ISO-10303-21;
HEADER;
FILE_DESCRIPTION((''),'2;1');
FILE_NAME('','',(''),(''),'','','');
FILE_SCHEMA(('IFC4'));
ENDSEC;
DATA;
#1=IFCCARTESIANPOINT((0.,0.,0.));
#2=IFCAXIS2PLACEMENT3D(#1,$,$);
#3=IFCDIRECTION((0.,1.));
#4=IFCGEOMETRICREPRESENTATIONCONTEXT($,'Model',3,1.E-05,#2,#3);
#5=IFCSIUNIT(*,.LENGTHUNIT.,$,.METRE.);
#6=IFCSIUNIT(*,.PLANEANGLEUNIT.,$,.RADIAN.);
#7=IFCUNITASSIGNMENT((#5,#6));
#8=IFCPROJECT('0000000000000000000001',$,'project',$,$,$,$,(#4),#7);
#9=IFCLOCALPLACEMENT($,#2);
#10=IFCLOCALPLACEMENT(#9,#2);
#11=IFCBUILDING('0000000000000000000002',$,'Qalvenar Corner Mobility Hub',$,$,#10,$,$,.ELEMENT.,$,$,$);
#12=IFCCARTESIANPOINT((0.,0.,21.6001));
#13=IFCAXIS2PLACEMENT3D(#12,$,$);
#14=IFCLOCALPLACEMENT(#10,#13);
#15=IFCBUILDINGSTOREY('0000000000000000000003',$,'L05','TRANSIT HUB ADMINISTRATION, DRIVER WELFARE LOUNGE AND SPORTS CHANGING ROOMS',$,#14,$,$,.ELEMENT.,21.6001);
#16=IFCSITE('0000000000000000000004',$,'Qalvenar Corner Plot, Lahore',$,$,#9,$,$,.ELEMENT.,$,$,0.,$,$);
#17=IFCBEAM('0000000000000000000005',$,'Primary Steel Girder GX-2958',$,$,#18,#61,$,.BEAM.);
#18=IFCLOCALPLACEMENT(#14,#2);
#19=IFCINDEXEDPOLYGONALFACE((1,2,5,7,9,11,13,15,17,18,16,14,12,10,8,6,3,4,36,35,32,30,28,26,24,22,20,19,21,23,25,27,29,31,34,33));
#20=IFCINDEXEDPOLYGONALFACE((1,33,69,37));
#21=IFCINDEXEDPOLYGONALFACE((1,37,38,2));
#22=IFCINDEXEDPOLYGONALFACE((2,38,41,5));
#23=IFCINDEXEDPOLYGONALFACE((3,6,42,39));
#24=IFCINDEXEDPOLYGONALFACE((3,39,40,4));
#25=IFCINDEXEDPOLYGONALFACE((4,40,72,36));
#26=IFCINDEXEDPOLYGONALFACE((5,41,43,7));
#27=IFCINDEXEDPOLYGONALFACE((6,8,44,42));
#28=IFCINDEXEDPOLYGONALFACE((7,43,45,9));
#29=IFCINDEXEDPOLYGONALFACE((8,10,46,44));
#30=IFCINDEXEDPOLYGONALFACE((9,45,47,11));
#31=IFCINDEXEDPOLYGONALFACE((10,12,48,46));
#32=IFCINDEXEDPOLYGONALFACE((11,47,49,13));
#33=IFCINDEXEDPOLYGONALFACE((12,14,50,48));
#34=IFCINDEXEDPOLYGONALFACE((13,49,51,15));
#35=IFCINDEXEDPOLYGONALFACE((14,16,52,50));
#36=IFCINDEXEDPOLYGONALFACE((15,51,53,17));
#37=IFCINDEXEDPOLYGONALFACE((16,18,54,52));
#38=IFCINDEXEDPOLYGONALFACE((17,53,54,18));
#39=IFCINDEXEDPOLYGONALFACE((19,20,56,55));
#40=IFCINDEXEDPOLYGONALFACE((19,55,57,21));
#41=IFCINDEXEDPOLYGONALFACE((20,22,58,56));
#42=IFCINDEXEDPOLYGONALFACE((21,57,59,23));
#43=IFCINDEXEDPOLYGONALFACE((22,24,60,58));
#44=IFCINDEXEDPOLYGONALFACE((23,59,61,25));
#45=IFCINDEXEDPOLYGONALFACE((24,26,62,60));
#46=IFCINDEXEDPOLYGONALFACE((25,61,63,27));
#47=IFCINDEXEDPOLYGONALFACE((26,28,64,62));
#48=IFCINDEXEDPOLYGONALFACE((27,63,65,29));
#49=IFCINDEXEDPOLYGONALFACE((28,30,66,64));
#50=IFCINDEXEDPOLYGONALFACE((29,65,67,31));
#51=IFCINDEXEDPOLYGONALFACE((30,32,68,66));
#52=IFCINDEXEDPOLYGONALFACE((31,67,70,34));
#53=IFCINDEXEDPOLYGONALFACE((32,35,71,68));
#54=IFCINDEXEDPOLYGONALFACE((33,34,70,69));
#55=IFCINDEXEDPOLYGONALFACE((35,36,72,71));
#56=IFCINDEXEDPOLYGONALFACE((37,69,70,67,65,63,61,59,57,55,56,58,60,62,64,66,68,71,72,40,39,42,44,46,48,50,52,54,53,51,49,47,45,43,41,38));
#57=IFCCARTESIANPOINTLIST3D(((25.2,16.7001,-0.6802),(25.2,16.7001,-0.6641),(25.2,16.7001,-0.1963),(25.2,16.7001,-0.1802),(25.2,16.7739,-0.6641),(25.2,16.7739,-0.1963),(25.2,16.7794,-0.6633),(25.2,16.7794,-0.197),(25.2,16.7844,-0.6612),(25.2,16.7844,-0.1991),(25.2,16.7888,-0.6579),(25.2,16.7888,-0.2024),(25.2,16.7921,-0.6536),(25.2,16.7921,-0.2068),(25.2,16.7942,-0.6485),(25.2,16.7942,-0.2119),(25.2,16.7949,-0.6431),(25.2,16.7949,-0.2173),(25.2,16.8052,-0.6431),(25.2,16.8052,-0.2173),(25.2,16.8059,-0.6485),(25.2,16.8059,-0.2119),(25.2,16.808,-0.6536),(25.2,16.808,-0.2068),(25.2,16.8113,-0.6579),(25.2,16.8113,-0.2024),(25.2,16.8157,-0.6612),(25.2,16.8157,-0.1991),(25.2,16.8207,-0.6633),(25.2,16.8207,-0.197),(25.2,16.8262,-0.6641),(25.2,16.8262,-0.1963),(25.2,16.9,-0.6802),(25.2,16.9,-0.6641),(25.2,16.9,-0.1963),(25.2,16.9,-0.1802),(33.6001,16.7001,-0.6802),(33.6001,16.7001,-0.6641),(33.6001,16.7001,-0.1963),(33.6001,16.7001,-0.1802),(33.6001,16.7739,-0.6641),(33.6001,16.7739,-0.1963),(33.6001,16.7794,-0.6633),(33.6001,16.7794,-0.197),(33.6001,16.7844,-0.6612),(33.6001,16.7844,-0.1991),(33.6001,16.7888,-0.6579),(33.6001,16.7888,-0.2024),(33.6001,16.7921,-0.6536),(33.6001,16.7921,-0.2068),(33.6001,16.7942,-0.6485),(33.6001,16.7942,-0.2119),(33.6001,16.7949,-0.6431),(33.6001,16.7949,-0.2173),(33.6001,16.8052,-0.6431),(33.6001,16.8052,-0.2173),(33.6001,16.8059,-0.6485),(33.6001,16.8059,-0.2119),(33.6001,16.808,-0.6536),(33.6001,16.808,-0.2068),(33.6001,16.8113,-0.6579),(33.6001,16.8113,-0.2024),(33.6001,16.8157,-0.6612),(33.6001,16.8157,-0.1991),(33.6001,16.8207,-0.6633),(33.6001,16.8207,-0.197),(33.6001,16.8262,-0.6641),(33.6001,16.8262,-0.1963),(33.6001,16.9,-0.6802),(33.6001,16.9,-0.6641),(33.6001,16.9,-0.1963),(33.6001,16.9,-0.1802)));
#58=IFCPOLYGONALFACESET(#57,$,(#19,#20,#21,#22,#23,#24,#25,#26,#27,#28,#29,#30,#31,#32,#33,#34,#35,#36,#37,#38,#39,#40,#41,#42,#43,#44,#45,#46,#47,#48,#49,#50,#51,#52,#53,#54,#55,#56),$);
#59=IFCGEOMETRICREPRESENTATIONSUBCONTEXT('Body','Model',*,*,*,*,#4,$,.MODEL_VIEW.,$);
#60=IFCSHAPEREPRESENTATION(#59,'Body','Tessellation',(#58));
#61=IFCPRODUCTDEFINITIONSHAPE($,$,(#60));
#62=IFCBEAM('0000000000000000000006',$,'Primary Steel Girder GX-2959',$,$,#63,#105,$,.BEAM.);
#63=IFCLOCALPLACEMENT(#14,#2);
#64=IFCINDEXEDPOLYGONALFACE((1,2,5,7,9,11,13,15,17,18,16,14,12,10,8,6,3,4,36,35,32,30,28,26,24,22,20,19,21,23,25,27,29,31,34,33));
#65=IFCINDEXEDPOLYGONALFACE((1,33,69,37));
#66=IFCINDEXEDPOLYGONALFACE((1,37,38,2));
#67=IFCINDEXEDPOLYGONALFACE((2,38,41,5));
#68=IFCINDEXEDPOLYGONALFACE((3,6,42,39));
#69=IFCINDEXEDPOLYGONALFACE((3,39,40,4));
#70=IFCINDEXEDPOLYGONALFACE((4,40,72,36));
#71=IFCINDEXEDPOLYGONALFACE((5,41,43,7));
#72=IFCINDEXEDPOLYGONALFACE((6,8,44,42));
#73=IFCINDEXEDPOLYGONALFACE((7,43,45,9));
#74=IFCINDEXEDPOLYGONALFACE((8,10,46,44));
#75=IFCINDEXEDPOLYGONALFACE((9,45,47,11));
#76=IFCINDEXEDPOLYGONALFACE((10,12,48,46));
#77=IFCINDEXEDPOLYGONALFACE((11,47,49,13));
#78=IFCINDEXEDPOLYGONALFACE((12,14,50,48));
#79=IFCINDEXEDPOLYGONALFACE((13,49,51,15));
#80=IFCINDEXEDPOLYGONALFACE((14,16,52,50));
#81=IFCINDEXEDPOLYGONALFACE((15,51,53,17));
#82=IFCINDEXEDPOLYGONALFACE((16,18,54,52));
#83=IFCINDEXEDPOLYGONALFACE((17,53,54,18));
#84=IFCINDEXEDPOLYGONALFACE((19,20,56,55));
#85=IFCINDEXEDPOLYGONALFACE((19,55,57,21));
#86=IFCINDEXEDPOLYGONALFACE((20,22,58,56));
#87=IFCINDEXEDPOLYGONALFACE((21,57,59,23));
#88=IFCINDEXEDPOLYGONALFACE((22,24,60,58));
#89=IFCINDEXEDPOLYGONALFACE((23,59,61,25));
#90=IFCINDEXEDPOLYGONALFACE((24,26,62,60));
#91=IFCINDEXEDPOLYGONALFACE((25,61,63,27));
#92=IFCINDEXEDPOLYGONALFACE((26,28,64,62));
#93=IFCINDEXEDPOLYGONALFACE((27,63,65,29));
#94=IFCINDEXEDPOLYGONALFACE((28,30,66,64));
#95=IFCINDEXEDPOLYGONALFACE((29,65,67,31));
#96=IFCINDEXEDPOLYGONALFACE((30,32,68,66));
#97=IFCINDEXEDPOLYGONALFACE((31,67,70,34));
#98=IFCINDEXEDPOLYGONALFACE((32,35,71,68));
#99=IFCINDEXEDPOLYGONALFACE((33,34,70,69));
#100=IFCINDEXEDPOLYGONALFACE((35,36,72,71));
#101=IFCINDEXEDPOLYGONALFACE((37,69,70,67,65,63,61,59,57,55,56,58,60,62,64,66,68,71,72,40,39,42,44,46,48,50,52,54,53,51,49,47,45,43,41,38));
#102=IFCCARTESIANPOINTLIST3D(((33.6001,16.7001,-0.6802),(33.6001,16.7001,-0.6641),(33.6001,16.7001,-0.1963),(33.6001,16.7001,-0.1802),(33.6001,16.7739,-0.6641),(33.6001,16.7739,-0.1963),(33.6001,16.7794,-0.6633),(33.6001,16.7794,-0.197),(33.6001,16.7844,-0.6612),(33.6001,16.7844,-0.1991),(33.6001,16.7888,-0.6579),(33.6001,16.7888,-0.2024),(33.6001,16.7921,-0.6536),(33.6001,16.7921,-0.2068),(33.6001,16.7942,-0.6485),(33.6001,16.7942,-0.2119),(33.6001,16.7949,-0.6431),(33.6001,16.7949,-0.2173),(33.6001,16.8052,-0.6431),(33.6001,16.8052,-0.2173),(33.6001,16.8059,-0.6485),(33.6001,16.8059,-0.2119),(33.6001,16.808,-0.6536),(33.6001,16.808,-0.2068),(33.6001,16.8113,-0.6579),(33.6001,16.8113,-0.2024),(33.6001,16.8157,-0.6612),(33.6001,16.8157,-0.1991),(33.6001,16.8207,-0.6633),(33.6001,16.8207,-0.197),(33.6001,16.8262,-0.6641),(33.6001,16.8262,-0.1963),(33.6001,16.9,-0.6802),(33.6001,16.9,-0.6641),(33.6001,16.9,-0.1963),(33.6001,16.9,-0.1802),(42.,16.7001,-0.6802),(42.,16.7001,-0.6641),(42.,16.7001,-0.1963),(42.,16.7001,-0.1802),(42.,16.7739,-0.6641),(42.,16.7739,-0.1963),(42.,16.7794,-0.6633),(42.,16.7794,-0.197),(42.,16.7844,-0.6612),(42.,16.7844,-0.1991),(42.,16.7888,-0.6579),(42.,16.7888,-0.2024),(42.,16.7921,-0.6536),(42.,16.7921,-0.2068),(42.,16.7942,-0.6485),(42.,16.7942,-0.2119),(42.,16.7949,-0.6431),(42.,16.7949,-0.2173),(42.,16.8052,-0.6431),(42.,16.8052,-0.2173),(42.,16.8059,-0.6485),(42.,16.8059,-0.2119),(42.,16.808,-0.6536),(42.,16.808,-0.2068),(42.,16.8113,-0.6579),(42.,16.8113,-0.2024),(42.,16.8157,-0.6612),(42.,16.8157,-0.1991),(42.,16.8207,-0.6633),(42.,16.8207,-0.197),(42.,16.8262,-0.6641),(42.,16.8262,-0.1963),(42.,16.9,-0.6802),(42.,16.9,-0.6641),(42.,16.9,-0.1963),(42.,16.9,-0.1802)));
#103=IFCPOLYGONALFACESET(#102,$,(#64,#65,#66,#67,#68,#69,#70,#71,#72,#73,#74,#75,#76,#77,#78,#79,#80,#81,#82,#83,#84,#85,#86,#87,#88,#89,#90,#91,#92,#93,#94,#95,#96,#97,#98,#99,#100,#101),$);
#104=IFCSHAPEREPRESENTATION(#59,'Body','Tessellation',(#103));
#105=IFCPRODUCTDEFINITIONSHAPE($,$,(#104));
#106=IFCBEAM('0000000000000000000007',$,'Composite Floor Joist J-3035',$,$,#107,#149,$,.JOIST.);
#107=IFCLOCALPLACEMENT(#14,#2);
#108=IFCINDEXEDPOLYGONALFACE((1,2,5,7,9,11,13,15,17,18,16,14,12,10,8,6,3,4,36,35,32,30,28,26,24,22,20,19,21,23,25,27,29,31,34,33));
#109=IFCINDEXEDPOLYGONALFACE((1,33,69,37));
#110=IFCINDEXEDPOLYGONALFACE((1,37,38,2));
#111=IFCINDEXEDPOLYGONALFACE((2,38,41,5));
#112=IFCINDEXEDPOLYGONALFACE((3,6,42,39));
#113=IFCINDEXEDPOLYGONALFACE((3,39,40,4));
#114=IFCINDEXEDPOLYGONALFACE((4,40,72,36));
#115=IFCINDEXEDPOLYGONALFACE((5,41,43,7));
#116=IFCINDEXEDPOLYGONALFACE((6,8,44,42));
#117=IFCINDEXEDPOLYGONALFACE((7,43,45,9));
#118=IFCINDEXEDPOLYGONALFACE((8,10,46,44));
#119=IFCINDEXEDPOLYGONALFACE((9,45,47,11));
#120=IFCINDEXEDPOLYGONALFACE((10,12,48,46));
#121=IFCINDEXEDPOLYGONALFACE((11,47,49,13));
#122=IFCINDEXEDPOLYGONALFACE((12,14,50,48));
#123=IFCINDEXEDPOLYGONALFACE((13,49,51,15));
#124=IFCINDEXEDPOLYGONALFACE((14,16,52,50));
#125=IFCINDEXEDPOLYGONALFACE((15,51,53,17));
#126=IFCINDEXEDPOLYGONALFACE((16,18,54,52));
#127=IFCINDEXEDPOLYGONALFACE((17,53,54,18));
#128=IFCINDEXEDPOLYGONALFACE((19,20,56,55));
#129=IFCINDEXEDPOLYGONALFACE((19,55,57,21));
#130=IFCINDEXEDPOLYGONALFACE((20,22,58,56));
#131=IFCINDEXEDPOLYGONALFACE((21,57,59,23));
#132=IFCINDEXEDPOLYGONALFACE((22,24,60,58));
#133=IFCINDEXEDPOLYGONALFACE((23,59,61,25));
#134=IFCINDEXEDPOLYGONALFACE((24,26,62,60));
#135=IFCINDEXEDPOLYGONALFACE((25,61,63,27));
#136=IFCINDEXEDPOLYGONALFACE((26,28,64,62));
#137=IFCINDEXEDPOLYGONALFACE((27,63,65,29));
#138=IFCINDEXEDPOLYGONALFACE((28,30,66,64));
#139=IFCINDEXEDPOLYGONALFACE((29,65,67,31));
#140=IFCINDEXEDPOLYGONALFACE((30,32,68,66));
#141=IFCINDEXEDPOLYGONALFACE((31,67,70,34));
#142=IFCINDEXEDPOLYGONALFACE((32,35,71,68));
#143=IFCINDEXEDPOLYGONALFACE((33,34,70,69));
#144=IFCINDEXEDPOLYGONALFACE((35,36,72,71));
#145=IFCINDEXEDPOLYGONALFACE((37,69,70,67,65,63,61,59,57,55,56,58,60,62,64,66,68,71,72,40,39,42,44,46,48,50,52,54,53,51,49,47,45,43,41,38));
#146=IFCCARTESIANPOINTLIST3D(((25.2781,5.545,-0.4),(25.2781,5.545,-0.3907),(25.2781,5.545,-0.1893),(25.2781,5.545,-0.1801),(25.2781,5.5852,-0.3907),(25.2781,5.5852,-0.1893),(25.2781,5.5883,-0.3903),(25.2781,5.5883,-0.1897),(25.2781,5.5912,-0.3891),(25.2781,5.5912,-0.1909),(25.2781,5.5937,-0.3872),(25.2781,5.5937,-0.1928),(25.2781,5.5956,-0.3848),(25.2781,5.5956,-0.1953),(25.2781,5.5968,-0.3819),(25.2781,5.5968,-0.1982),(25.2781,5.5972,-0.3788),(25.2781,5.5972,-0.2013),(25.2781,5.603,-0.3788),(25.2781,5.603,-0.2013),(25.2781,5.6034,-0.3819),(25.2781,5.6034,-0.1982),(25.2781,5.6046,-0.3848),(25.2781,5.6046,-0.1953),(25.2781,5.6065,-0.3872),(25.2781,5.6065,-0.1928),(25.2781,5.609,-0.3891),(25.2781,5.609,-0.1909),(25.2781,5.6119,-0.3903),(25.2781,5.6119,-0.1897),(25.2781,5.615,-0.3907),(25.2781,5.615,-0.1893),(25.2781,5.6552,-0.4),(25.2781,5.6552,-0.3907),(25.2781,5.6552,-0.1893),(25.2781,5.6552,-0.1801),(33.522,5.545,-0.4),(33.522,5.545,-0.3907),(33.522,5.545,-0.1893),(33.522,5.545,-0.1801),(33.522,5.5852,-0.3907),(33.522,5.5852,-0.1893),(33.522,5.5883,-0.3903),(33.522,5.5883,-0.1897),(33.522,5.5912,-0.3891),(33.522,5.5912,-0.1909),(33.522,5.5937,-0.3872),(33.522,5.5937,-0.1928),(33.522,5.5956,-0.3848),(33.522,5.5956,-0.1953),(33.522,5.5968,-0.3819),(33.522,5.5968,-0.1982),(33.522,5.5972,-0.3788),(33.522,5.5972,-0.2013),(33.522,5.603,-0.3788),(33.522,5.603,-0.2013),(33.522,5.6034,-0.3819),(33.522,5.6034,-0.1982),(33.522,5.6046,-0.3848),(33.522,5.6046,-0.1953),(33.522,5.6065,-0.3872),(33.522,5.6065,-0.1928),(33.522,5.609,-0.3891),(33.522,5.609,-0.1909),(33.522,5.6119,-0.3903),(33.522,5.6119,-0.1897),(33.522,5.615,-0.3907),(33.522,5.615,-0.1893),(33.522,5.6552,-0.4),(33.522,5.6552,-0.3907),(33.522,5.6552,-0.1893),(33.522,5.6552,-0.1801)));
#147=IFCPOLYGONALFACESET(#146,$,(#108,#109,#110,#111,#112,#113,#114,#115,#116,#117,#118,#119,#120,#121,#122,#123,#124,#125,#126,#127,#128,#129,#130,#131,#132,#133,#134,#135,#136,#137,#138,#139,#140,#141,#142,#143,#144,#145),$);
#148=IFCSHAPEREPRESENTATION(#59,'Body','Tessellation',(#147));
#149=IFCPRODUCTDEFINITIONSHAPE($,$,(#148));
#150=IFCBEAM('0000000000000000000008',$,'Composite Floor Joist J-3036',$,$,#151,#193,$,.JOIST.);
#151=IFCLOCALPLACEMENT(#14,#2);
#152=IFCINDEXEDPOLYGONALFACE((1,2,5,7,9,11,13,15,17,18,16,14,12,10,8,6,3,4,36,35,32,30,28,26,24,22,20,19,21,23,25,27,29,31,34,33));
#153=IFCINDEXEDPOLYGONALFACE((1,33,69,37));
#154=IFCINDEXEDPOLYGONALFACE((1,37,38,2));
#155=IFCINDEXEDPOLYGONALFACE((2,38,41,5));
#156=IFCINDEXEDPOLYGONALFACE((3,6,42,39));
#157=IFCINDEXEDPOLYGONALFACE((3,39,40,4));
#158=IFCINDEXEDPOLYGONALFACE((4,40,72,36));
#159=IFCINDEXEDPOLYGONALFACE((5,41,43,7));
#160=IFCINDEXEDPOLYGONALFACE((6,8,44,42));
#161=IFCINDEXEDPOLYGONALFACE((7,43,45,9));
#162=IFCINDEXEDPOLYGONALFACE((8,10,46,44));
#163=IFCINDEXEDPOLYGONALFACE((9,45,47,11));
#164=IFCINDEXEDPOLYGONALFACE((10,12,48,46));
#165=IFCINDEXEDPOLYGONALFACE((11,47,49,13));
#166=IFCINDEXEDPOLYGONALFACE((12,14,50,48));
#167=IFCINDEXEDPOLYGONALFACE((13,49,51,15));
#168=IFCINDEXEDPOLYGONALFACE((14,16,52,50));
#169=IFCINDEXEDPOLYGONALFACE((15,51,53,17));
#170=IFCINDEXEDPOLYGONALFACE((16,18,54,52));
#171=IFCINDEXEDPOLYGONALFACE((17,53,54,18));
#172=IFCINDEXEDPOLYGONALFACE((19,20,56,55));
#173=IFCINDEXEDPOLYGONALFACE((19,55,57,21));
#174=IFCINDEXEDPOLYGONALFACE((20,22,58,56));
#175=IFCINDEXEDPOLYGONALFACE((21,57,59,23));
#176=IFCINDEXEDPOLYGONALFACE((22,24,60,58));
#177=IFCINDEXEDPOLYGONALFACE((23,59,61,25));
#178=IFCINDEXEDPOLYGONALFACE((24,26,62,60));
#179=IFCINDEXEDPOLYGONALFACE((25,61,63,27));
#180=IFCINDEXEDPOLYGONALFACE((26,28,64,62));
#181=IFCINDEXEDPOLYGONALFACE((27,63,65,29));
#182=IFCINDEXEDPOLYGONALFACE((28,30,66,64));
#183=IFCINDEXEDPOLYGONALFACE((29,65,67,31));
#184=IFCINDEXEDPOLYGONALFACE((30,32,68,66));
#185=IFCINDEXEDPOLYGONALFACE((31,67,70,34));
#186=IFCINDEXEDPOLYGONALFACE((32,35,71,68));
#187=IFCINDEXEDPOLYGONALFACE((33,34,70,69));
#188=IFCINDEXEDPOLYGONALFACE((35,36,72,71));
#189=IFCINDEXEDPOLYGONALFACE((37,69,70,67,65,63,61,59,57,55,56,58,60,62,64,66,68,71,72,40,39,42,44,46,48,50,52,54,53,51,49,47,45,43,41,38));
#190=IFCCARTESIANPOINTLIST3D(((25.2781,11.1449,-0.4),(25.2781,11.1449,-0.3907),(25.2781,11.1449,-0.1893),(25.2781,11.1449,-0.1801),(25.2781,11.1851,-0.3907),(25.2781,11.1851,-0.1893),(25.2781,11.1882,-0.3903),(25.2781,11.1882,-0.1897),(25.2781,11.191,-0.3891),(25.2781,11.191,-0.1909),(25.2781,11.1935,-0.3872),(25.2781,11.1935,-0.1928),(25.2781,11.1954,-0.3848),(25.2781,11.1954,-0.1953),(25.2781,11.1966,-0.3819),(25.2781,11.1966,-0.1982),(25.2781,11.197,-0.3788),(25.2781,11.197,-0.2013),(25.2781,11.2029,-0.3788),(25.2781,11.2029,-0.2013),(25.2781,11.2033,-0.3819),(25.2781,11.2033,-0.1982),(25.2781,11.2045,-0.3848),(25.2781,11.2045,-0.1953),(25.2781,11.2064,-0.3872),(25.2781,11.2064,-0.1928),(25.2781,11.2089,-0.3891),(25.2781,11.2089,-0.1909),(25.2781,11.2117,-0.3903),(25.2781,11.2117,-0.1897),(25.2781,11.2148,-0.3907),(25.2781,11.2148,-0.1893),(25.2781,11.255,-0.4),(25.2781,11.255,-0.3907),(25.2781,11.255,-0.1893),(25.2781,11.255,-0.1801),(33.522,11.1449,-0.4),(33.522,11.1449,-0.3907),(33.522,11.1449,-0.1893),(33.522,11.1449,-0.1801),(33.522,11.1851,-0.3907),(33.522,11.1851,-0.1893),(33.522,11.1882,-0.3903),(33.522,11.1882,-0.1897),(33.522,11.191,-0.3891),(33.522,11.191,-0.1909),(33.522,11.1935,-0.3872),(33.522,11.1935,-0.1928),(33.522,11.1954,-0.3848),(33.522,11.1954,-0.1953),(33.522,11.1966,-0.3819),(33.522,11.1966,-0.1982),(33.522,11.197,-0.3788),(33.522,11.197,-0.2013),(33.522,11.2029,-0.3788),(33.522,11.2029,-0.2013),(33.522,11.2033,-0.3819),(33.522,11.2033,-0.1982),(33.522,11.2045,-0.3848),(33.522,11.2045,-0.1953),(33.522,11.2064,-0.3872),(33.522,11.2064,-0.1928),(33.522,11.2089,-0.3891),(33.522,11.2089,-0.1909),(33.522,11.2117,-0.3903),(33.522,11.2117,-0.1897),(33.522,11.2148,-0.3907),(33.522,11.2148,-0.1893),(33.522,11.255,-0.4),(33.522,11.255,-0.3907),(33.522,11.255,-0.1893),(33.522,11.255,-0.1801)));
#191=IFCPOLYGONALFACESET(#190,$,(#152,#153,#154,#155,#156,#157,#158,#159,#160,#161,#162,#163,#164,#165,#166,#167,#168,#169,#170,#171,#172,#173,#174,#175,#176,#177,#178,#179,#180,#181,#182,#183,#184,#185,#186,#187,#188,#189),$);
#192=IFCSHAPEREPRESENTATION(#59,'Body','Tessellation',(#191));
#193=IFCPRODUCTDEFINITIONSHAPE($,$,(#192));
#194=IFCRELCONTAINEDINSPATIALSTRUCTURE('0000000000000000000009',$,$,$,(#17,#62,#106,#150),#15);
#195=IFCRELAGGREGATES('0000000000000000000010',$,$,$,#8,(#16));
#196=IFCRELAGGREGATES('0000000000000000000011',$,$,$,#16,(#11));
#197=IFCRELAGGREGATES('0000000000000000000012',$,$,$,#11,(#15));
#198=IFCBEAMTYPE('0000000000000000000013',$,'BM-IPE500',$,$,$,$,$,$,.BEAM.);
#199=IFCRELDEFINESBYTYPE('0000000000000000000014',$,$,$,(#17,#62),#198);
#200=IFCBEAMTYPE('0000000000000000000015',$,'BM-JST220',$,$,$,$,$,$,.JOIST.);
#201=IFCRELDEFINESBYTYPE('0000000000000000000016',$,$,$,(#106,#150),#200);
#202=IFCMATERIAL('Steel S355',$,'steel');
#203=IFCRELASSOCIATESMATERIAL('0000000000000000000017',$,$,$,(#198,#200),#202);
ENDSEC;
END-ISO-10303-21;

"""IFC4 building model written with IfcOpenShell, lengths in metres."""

from ifc_helpers import new_model, si_unit, direction, frame, origin, origin_2d, place, context, subcontext, project, spatial, i_section, extrude, material, material_profile, profile_set, type_object, element, save


model = new_model("IFC4")

# Units and contexts
model_context = context("Model", 3, precision=1e-05, world=origin(), true_north=direction((0.0, 1.0)))
body_context = subcontext(model_context, "Body", "Model", "MODEL_VIEW")
ifc_project = project(units=[si_unit("LENGTHUNIT", "METRE"), si_unit("PLANEANGLEUNIT", "RADIAN")], contexts=[model_context])

# Site, building, storey
site_placement = place(None, origin())
site = spatial("IfcSite", under=ifc_project, at=site_placement, Name="Qalvenar Corner Plot, Lahore", CompositionType="ELEMENT", RefElevation=0.0)
building_placement = place(site_placement, origin())
building = spatial("IfcBuilding", under=site, at=building_placement, Name="Qalvenar Corner Mobility Hub", CompositionType="ELEMENT")
storey_placement = place(building_placement, frame((0.0, 0.0, 21.6001)))
storey = spatial("IfcBuildingStorey", under=building, at=storey_placement, Name="L05", Description="TRANSIT HUB ADMINISTRATION, DRIVER WELFARE LOUNGE AND SPORTS CHANGING ROOMS", CompositionType="ELEMENT", Elevation=21.6001)

# Shared definitions
ifc_material_1 = material(Name="Steel S355", Category="steel")

# Beams
ifc_material_profile_1 = material_profile(ifc_material_1, i_section(OverallWidth=0.2, OverallDepth=0.5, WebThickness=0.0103, FlangeThickness=0.0161, FilletRadius=0.021, at=origin_2d()), Name="IPE500")
ifc_profile_set_1 = profile_set([ifc_material_profile_1], Name="Steel S355")
beam_type_1 = type_object("IfcBeamType", Name="BM-IPE500", PredefinedType="BEAM", material=ifc_profile_set_1)
beam_1_placement = place(storey_placement, frame((25.2, 16.8, -0.4302), z_axis=(1.0, 0.0, 0.0), x_axis=(0.0, 1.0, 0.0)))
element("IfcBeam", 1, at=beam_1_placement, inside=storey, type_object=beam_type_1, Name="Primary Steel Girder GX-2958", PredefinedType="BEAM", context=body_context, shape_type="SweptSolid", body=[
    extrude(i_section(OverallWidth=0.2, OverallDepth=0.5, WebThickness=0.0103, FlangeThickness=0.0161, FilletRadius=0.021, at=origin_2d()), origin(), (0.0, 0.0, 1.0), 8.4001),
])
beam_2_placement = place(storey_placement, frame((33.6001, 16.8, -0.4302), z_axis=(1.0, 0.0, 0.0), x_axis=(0.0, 1.0, 0.0)))
element("IfcBeam", 2, at=beam_2_placement, inside=storey, type_object=beam_type_1, Name="Primary Steel Girder GX-2959", PredefinedType="BEAM", context=body_context, shape_type="SweptSolid", body=[
    extrude(i_section(OverallWidth=0.2, OverallDepth=0.5, WebThickness=0.0103, FlangeThickness=0.0161, FilletRadius=0.021, at=origin_2d()), origin(), (0.0, 0.0, 1.0), 8.3999),
])
ifc_material_profile_2 = material_profile(ifc_material_1, i_section(OverallWidth=0.1101, OverallDepth=0.22, WebThickness=0.0059, FlangeThickness=0.0093, FilletRadius=0.012, at=origin_2d()), Name="IPE220")
ifc_profile_set_2 = profile_set([ifc_material_profile_2], Name="Steel S355")
beam_type_2 = type_object("IfcBeamType", Name="BM-JST220", PredefinedType="JOIST", material=ifc_profile_set_2)
for number, where, z_axis, x_axis, name in (
    (3, (25.2781, 5.6001, -0.29), (1.0, 0.0, 0.0), (0.0, 1.0, 0.0), "Composite Floor Joist J-3035"),
    (4, (25.2781, 11.2, -0.29), (1.0, 0.0, 0.0), (0.0, 1.0, 0.0), "Composite Floor Joist J-3036"),
):
    element("IfcBeam", number, at=place(storey_placement, frame(where, z_axis=z_axis, x_axis=x_axis)), inside=storey, type_object=beam_type_2, Name=name, PredefinedType="JOIST", context=body_context, shape_type="SweptSolid", body=[
        extrude(i_section(OverallWidth=0.1101, OverallDepth=0.22, WebThickness=0.0059, FlangeThickness=0.0093, FilletRadius=0.012, at=origin_2d()), origin(), (0.0, 0.0, 1.0), 8.2439),
    ])

save(model, "model.ifc")
